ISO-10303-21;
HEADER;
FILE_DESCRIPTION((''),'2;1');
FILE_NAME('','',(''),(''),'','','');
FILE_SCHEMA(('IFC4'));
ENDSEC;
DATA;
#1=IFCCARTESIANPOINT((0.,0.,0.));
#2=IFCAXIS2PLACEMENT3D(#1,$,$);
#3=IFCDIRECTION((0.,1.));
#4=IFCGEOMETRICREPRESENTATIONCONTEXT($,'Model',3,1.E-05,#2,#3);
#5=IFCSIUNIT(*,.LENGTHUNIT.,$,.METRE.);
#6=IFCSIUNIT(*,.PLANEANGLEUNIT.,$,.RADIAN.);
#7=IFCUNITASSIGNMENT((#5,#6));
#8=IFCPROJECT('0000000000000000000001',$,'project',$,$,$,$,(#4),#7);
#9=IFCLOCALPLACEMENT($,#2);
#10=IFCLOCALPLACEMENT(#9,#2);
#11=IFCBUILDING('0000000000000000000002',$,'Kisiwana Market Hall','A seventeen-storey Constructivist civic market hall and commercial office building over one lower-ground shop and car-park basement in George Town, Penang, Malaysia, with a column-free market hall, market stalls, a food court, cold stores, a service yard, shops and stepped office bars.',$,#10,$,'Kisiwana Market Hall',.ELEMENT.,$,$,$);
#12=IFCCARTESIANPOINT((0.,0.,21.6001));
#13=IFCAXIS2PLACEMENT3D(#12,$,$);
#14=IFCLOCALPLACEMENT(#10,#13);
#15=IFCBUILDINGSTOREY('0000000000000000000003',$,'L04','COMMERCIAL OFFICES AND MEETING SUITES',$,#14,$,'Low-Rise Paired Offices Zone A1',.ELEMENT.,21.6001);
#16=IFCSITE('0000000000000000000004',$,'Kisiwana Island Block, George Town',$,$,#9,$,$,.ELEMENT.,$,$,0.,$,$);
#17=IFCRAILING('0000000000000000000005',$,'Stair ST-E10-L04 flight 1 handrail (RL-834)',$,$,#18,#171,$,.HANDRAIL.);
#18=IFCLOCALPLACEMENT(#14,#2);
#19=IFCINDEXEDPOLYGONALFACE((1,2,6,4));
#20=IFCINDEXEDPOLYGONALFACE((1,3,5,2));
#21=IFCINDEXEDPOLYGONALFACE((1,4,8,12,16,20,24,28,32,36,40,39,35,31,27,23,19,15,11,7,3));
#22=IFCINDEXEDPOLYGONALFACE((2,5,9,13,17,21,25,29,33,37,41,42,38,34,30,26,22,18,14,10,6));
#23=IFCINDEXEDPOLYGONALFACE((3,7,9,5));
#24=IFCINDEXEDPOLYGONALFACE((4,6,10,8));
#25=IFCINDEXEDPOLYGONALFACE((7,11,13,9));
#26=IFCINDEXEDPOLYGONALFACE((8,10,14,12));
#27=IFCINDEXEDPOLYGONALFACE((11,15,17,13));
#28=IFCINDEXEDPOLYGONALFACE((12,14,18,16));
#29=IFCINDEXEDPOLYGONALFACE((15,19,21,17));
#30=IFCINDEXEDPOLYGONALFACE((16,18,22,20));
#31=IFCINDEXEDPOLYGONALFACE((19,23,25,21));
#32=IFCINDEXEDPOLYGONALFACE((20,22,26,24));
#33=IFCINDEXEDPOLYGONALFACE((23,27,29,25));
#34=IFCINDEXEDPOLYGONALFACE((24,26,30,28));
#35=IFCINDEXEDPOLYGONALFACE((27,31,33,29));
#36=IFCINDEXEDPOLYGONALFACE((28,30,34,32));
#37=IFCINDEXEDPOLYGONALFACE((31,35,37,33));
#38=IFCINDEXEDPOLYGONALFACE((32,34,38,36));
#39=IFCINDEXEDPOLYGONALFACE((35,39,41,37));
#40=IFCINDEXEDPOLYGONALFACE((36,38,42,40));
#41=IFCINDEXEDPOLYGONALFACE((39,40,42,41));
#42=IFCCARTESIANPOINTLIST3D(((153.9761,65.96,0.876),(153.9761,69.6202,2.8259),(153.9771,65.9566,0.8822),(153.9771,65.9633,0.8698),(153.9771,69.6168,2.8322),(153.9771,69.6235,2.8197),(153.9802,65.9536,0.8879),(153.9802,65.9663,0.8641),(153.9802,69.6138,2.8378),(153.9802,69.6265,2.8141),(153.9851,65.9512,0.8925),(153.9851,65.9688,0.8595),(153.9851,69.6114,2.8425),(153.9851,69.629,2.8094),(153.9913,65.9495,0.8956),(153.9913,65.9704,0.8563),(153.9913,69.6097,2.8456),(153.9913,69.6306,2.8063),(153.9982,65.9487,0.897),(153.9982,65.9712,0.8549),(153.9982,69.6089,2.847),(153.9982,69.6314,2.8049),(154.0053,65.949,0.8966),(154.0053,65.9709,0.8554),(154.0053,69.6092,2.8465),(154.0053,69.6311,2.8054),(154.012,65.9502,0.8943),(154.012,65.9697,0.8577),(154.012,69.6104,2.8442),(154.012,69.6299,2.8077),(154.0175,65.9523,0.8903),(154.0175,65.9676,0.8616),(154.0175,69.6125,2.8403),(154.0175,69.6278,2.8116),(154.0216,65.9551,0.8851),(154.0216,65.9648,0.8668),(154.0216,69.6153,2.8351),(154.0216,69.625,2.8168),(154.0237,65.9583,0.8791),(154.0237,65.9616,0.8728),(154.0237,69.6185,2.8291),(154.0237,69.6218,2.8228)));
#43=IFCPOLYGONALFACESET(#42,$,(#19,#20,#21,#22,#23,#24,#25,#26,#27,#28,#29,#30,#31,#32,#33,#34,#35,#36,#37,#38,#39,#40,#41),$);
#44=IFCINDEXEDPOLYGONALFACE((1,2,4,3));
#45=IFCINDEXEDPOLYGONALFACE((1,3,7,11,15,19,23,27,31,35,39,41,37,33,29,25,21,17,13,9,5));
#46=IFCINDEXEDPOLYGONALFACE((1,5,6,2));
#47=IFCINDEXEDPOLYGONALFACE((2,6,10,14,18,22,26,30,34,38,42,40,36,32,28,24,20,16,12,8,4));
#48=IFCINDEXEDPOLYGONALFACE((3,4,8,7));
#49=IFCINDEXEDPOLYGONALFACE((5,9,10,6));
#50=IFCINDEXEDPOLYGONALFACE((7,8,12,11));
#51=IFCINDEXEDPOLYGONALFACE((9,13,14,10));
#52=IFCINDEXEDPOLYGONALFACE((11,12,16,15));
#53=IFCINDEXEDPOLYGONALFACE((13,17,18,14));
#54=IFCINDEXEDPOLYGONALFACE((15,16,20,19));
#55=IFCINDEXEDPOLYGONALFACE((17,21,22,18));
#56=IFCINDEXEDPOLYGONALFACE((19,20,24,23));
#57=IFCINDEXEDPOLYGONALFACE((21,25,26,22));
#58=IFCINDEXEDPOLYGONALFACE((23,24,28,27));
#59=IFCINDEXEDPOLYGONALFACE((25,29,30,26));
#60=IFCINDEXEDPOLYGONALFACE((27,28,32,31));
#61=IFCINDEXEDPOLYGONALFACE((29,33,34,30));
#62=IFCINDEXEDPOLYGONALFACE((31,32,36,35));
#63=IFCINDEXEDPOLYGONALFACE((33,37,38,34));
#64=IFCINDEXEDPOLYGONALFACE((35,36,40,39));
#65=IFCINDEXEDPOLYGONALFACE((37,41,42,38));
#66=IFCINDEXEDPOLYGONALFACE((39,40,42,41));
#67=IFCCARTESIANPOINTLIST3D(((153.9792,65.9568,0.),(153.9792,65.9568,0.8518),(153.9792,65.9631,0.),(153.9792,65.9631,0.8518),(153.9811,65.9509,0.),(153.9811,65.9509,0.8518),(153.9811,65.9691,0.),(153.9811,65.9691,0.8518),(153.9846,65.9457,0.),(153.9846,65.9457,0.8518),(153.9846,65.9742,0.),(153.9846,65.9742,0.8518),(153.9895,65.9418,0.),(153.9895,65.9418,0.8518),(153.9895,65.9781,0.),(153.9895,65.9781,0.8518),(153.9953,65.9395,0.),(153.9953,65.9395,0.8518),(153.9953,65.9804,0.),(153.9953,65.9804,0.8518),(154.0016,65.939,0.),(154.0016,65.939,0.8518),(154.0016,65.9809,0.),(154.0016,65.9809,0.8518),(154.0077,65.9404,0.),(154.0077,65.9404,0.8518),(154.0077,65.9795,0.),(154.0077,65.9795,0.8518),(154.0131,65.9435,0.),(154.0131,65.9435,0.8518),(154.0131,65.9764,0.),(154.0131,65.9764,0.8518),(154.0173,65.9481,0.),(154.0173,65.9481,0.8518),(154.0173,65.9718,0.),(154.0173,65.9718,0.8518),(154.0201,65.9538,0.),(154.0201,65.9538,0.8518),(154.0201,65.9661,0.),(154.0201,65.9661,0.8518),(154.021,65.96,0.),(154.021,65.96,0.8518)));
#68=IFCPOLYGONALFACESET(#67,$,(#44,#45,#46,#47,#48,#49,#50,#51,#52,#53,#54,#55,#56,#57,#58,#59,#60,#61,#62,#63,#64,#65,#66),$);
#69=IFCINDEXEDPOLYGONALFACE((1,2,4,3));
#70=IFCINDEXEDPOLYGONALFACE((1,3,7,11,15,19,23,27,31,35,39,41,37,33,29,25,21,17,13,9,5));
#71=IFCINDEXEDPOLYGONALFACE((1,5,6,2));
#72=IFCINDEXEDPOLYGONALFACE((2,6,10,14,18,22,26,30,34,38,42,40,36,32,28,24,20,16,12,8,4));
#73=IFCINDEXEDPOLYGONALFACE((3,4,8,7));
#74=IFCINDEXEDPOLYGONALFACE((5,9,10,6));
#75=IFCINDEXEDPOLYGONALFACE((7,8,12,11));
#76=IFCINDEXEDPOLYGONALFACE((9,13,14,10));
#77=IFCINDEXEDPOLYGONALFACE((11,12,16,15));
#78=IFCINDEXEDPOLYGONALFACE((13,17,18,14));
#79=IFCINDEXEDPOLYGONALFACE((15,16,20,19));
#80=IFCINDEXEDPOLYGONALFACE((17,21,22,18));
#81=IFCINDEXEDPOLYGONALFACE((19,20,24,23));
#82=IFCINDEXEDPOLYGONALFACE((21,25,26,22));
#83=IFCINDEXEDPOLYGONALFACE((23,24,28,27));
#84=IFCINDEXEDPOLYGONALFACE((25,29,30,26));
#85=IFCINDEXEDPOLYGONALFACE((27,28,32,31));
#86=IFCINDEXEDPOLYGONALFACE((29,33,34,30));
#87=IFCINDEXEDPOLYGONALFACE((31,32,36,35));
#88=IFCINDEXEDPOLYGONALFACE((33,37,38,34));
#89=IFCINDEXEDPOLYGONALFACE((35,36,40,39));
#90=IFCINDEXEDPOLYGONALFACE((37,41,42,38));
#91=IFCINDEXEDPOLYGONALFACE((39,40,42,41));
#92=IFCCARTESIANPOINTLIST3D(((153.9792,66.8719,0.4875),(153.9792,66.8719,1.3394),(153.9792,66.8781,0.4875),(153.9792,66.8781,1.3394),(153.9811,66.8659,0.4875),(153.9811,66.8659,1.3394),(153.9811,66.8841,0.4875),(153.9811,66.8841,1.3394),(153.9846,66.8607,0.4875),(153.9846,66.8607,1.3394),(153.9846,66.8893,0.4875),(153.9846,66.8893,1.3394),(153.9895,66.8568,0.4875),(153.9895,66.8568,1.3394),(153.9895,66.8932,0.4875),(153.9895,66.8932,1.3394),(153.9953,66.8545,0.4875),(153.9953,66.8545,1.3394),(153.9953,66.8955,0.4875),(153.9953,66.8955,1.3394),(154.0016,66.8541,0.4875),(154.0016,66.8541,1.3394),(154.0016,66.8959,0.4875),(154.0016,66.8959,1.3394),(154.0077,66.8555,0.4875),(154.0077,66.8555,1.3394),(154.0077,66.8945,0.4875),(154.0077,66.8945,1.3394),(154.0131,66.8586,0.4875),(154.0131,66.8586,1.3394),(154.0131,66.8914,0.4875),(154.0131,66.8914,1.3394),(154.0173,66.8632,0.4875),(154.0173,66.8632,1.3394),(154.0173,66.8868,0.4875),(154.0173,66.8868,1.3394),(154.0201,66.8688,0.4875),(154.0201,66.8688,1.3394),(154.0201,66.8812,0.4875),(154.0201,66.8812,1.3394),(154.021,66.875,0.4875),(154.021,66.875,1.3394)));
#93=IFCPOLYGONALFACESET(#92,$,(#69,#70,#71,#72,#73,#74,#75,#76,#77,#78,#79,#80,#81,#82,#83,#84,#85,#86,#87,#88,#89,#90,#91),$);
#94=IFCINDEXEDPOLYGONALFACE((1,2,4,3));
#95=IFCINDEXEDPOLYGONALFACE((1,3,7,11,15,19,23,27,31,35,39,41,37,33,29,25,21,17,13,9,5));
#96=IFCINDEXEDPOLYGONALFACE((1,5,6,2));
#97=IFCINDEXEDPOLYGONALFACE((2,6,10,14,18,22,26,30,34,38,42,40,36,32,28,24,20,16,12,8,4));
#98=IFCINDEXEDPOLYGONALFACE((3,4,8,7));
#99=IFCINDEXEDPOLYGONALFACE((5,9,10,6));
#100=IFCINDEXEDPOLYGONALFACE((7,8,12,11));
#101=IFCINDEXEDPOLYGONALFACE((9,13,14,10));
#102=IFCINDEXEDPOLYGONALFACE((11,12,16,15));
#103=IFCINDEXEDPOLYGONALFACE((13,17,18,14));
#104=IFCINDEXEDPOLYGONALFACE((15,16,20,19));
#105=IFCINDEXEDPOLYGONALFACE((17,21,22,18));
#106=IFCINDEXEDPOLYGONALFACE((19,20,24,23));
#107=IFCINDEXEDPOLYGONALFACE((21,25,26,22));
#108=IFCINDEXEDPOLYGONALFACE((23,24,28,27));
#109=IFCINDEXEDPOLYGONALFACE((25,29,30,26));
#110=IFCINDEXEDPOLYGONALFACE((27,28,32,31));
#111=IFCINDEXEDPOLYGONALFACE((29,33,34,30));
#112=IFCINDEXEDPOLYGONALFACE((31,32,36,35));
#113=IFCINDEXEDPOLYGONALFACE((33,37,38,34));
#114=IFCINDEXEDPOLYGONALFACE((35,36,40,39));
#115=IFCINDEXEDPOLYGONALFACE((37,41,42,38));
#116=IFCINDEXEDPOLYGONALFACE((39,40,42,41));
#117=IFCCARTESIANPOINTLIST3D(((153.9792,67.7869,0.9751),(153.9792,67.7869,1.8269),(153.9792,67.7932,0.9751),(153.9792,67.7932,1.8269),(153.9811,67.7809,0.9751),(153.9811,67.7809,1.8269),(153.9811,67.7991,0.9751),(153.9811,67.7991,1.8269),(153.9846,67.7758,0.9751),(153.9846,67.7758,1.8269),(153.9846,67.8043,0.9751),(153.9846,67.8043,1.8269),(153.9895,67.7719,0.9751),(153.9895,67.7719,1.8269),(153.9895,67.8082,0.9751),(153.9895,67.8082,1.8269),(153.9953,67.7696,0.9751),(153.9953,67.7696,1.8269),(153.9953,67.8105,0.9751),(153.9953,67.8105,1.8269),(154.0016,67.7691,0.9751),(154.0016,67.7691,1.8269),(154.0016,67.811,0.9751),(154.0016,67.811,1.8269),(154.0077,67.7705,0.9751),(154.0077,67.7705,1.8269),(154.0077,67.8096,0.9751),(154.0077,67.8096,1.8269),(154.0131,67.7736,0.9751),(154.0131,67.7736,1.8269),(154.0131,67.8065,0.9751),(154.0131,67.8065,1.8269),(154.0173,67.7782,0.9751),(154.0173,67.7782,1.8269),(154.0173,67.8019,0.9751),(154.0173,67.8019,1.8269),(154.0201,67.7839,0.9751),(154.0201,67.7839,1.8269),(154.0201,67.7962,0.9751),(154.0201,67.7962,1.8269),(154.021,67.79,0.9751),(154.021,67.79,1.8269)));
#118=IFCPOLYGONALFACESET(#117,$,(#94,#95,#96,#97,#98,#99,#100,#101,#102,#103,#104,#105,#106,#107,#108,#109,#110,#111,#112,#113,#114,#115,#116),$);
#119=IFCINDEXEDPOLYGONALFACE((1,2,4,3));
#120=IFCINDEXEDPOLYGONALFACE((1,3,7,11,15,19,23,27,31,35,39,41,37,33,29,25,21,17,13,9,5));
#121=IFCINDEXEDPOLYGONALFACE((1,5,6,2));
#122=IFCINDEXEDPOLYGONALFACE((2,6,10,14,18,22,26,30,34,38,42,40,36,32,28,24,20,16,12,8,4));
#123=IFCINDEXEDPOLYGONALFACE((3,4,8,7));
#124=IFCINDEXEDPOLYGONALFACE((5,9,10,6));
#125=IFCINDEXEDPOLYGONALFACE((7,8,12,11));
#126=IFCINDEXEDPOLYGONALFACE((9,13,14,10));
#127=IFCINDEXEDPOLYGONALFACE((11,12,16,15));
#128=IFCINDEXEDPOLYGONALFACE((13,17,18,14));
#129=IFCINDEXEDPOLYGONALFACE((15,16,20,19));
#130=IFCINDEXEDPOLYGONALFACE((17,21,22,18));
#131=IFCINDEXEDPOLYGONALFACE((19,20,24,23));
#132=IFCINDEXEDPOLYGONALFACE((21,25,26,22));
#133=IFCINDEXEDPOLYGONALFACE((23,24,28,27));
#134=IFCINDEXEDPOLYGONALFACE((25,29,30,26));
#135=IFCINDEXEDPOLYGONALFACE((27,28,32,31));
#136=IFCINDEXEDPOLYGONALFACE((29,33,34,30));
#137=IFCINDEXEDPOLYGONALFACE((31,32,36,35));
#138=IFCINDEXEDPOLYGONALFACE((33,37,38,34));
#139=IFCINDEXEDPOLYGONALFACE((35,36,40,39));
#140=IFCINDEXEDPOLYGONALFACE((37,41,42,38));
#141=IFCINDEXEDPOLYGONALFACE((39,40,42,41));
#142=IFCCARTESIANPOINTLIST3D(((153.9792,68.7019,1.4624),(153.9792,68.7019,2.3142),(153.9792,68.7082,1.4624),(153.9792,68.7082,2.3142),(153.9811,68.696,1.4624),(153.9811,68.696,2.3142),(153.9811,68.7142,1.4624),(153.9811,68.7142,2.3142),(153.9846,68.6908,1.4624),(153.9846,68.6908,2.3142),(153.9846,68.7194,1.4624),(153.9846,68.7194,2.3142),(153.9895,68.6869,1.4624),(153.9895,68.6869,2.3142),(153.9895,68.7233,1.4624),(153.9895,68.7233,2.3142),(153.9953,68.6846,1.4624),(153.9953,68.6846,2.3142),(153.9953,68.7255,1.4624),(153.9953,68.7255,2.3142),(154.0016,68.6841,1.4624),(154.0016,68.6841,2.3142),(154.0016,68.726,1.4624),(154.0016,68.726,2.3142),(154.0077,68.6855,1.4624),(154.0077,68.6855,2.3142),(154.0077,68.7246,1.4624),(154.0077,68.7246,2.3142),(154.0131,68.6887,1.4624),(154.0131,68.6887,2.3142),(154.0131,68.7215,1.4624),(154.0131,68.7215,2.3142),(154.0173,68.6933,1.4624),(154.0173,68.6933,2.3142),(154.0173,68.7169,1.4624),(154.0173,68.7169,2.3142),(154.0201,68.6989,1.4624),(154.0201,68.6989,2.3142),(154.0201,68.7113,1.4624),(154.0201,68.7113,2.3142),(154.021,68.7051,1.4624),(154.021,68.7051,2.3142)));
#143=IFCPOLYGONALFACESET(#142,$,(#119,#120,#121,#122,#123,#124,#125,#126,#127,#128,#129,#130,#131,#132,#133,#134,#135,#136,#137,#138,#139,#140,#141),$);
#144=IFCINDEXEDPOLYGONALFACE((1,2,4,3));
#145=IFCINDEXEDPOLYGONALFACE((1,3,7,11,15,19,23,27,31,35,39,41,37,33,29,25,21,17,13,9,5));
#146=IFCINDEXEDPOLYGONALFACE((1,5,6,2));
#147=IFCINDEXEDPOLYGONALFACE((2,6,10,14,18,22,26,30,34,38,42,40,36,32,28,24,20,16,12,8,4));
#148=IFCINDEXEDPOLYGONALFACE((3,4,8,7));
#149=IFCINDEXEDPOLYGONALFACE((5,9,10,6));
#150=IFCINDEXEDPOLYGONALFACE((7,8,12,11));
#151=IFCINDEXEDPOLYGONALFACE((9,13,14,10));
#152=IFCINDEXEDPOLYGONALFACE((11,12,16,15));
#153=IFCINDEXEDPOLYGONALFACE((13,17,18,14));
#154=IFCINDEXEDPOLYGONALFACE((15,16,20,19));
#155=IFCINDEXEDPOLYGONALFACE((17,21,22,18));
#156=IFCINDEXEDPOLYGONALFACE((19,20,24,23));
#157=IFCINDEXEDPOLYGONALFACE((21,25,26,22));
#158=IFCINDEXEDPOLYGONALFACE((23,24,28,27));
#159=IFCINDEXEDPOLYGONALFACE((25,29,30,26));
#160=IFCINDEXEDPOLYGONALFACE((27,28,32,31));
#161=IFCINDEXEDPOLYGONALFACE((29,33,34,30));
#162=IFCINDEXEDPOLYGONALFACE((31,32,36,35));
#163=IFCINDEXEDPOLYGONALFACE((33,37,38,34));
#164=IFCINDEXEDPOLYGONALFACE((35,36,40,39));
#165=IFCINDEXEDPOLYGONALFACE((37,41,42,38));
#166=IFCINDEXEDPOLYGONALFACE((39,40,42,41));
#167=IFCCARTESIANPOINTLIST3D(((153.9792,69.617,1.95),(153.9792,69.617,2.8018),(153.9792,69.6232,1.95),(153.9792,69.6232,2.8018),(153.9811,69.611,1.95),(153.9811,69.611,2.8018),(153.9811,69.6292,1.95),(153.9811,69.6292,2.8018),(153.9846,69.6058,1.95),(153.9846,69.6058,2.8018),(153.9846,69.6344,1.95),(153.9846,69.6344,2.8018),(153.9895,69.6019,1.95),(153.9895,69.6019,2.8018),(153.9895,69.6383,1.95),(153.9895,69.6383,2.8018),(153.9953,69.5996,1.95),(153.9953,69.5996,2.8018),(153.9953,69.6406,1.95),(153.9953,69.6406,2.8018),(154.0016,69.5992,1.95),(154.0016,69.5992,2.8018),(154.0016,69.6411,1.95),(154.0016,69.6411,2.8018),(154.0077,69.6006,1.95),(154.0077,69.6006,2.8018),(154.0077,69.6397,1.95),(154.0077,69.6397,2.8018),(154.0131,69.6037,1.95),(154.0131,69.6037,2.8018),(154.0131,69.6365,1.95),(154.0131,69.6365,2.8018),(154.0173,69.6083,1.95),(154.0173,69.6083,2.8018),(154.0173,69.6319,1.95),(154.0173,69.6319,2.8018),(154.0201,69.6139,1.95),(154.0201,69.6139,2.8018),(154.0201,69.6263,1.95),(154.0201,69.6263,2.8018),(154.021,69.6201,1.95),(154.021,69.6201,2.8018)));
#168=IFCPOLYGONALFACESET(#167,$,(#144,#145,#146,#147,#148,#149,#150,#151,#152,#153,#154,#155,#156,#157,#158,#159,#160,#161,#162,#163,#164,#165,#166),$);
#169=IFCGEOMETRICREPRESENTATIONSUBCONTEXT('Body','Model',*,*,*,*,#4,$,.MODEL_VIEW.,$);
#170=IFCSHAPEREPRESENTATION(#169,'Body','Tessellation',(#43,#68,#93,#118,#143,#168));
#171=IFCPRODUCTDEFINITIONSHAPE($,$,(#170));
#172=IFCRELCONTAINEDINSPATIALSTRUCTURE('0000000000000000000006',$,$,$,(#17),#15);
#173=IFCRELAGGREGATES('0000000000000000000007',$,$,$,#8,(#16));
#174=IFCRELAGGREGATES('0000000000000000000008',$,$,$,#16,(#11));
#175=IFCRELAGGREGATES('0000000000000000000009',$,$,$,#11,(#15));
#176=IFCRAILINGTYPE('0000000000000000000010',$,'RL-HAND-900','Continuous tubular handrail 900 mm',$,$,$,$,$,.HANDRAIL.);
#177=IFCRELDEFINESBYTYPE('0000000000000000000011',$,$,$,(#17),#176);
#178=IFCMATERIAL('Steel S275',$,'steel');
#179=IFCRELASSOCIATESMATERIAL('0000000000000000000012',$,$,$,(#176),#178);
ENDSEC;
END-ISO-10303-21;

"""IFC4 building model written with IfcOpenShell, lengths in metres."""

from ifc_helpers import new_model, si_unit, direction, frame, origin, origin_2d, place, context, subcontext, project, spatial, circle, extrude, material, type_object, element, save


model = new_model("IFC4")

# Units and contexts
model_context = context("Model", 3, precision=1e-05, world=origin(), true_north=direction((0.0, 1.0)))
body_context = subcontext(model_context, "Body", "Model", "MODEL_VIEW")
ifc_project = project(units=[si_unit("LENGTHUNIT", "METRE"), si_unit("PLANEANGLEUNIT", "RADIAN")], contexts=[model_context])

# Site, building, storey
site_placement = place(None, origin())
site = spatial("IfcSite", under=ifc_project, at=site_placement, Name="Kisiwana Island Block, George Town", CompositionType="ELEMENT", RefElevation=0.0)
building_placement = place(site_placement, origin())
building = spatial("IfcBuilding", under=site, at=building_placement, Name="Kisiwana Market Hall", Description="A seventeen-storey Constructivist civic market hall and commercial office building over one lower-ground shop and car-park basement in George Town, Penang, Malaysia, with a column-free market hall, market stalls, a food court, cold stores, a service yard, shops and stepped office bars.", LongName="Kisiwana Market Hall", CompositionType="ELEMENT")
storey_placement = place(building_placement, frame((0.0, 0.0, 21.6001)))
storey = spatial("IfcBuildingStorey", under=building, at=storey_placement, Name="L04", Description="COMMERCIAL OFFICES AND MEETING SUITES", LongName="Low-Rise Paired Offices Zone A1", CompositionType="ELEMENT", Elevation=21.6001)

# Railing
ifc_material_1 = material(Name="Steel S275", Category="steel")
railing_type = type_object("IfcRailingType", Name="RL-HAND-900", Description="Continuous tubular handrail 900 mm", PredefinedType="HANDRAIL", material=ifc_material_1)
for number, where, name in (
    (1, (154.0, 65.96, 0.0), "Stair ST-E10-L04 flight 1 handrail (RL-834)"),
):
    element("IfcRailing", number, at=place(storey_placement, frame(where)), inside=storey, type_object=railing_type, Name=name, PredefinedType="HANDRAIL", context=body_context, shape_type="SweptSolid", body=[
        extrude(circle(Radius=0.0239, at=origin_2d()), frame((0.0, 0.0, 0.876), z_axis=(0.0, 0.882566, 0.470188), x_axis=(-1.0, 0.0, 0.0)), (0.0, 0.0, 1.0), 4.1472),
        extrude(circle(Radius=0.021, at=origin_2d()), origin(), (0.0, 0.0, 1.0), 0.8518),
        extrude(circle(Radius=0.021, at=origin_2d()), frame((0.0, 0.915, 0.4875)), (0.0, 0.0, 1.0), 0.8518),
        extrude(circle(Radius=0.021, at=origin_2d()), frame((0.0, 1.8301, 0.9751)), (0.0, 0.0, 1.0), 0.8518),
        extrude(circle(Radius=0.021, at=origin_2d()), frame((0.0, 2.7451, 1.4624)), (0.0, 0.0, 1.0), 0.8518),
        extrude(circle(Radius=0.021, at=origin_2d()), frame((0.0, 3.6602, 1.95)), (0.0, 0.0, 1.0), 0.8518),
    ])

save(model, "model.ifc")
